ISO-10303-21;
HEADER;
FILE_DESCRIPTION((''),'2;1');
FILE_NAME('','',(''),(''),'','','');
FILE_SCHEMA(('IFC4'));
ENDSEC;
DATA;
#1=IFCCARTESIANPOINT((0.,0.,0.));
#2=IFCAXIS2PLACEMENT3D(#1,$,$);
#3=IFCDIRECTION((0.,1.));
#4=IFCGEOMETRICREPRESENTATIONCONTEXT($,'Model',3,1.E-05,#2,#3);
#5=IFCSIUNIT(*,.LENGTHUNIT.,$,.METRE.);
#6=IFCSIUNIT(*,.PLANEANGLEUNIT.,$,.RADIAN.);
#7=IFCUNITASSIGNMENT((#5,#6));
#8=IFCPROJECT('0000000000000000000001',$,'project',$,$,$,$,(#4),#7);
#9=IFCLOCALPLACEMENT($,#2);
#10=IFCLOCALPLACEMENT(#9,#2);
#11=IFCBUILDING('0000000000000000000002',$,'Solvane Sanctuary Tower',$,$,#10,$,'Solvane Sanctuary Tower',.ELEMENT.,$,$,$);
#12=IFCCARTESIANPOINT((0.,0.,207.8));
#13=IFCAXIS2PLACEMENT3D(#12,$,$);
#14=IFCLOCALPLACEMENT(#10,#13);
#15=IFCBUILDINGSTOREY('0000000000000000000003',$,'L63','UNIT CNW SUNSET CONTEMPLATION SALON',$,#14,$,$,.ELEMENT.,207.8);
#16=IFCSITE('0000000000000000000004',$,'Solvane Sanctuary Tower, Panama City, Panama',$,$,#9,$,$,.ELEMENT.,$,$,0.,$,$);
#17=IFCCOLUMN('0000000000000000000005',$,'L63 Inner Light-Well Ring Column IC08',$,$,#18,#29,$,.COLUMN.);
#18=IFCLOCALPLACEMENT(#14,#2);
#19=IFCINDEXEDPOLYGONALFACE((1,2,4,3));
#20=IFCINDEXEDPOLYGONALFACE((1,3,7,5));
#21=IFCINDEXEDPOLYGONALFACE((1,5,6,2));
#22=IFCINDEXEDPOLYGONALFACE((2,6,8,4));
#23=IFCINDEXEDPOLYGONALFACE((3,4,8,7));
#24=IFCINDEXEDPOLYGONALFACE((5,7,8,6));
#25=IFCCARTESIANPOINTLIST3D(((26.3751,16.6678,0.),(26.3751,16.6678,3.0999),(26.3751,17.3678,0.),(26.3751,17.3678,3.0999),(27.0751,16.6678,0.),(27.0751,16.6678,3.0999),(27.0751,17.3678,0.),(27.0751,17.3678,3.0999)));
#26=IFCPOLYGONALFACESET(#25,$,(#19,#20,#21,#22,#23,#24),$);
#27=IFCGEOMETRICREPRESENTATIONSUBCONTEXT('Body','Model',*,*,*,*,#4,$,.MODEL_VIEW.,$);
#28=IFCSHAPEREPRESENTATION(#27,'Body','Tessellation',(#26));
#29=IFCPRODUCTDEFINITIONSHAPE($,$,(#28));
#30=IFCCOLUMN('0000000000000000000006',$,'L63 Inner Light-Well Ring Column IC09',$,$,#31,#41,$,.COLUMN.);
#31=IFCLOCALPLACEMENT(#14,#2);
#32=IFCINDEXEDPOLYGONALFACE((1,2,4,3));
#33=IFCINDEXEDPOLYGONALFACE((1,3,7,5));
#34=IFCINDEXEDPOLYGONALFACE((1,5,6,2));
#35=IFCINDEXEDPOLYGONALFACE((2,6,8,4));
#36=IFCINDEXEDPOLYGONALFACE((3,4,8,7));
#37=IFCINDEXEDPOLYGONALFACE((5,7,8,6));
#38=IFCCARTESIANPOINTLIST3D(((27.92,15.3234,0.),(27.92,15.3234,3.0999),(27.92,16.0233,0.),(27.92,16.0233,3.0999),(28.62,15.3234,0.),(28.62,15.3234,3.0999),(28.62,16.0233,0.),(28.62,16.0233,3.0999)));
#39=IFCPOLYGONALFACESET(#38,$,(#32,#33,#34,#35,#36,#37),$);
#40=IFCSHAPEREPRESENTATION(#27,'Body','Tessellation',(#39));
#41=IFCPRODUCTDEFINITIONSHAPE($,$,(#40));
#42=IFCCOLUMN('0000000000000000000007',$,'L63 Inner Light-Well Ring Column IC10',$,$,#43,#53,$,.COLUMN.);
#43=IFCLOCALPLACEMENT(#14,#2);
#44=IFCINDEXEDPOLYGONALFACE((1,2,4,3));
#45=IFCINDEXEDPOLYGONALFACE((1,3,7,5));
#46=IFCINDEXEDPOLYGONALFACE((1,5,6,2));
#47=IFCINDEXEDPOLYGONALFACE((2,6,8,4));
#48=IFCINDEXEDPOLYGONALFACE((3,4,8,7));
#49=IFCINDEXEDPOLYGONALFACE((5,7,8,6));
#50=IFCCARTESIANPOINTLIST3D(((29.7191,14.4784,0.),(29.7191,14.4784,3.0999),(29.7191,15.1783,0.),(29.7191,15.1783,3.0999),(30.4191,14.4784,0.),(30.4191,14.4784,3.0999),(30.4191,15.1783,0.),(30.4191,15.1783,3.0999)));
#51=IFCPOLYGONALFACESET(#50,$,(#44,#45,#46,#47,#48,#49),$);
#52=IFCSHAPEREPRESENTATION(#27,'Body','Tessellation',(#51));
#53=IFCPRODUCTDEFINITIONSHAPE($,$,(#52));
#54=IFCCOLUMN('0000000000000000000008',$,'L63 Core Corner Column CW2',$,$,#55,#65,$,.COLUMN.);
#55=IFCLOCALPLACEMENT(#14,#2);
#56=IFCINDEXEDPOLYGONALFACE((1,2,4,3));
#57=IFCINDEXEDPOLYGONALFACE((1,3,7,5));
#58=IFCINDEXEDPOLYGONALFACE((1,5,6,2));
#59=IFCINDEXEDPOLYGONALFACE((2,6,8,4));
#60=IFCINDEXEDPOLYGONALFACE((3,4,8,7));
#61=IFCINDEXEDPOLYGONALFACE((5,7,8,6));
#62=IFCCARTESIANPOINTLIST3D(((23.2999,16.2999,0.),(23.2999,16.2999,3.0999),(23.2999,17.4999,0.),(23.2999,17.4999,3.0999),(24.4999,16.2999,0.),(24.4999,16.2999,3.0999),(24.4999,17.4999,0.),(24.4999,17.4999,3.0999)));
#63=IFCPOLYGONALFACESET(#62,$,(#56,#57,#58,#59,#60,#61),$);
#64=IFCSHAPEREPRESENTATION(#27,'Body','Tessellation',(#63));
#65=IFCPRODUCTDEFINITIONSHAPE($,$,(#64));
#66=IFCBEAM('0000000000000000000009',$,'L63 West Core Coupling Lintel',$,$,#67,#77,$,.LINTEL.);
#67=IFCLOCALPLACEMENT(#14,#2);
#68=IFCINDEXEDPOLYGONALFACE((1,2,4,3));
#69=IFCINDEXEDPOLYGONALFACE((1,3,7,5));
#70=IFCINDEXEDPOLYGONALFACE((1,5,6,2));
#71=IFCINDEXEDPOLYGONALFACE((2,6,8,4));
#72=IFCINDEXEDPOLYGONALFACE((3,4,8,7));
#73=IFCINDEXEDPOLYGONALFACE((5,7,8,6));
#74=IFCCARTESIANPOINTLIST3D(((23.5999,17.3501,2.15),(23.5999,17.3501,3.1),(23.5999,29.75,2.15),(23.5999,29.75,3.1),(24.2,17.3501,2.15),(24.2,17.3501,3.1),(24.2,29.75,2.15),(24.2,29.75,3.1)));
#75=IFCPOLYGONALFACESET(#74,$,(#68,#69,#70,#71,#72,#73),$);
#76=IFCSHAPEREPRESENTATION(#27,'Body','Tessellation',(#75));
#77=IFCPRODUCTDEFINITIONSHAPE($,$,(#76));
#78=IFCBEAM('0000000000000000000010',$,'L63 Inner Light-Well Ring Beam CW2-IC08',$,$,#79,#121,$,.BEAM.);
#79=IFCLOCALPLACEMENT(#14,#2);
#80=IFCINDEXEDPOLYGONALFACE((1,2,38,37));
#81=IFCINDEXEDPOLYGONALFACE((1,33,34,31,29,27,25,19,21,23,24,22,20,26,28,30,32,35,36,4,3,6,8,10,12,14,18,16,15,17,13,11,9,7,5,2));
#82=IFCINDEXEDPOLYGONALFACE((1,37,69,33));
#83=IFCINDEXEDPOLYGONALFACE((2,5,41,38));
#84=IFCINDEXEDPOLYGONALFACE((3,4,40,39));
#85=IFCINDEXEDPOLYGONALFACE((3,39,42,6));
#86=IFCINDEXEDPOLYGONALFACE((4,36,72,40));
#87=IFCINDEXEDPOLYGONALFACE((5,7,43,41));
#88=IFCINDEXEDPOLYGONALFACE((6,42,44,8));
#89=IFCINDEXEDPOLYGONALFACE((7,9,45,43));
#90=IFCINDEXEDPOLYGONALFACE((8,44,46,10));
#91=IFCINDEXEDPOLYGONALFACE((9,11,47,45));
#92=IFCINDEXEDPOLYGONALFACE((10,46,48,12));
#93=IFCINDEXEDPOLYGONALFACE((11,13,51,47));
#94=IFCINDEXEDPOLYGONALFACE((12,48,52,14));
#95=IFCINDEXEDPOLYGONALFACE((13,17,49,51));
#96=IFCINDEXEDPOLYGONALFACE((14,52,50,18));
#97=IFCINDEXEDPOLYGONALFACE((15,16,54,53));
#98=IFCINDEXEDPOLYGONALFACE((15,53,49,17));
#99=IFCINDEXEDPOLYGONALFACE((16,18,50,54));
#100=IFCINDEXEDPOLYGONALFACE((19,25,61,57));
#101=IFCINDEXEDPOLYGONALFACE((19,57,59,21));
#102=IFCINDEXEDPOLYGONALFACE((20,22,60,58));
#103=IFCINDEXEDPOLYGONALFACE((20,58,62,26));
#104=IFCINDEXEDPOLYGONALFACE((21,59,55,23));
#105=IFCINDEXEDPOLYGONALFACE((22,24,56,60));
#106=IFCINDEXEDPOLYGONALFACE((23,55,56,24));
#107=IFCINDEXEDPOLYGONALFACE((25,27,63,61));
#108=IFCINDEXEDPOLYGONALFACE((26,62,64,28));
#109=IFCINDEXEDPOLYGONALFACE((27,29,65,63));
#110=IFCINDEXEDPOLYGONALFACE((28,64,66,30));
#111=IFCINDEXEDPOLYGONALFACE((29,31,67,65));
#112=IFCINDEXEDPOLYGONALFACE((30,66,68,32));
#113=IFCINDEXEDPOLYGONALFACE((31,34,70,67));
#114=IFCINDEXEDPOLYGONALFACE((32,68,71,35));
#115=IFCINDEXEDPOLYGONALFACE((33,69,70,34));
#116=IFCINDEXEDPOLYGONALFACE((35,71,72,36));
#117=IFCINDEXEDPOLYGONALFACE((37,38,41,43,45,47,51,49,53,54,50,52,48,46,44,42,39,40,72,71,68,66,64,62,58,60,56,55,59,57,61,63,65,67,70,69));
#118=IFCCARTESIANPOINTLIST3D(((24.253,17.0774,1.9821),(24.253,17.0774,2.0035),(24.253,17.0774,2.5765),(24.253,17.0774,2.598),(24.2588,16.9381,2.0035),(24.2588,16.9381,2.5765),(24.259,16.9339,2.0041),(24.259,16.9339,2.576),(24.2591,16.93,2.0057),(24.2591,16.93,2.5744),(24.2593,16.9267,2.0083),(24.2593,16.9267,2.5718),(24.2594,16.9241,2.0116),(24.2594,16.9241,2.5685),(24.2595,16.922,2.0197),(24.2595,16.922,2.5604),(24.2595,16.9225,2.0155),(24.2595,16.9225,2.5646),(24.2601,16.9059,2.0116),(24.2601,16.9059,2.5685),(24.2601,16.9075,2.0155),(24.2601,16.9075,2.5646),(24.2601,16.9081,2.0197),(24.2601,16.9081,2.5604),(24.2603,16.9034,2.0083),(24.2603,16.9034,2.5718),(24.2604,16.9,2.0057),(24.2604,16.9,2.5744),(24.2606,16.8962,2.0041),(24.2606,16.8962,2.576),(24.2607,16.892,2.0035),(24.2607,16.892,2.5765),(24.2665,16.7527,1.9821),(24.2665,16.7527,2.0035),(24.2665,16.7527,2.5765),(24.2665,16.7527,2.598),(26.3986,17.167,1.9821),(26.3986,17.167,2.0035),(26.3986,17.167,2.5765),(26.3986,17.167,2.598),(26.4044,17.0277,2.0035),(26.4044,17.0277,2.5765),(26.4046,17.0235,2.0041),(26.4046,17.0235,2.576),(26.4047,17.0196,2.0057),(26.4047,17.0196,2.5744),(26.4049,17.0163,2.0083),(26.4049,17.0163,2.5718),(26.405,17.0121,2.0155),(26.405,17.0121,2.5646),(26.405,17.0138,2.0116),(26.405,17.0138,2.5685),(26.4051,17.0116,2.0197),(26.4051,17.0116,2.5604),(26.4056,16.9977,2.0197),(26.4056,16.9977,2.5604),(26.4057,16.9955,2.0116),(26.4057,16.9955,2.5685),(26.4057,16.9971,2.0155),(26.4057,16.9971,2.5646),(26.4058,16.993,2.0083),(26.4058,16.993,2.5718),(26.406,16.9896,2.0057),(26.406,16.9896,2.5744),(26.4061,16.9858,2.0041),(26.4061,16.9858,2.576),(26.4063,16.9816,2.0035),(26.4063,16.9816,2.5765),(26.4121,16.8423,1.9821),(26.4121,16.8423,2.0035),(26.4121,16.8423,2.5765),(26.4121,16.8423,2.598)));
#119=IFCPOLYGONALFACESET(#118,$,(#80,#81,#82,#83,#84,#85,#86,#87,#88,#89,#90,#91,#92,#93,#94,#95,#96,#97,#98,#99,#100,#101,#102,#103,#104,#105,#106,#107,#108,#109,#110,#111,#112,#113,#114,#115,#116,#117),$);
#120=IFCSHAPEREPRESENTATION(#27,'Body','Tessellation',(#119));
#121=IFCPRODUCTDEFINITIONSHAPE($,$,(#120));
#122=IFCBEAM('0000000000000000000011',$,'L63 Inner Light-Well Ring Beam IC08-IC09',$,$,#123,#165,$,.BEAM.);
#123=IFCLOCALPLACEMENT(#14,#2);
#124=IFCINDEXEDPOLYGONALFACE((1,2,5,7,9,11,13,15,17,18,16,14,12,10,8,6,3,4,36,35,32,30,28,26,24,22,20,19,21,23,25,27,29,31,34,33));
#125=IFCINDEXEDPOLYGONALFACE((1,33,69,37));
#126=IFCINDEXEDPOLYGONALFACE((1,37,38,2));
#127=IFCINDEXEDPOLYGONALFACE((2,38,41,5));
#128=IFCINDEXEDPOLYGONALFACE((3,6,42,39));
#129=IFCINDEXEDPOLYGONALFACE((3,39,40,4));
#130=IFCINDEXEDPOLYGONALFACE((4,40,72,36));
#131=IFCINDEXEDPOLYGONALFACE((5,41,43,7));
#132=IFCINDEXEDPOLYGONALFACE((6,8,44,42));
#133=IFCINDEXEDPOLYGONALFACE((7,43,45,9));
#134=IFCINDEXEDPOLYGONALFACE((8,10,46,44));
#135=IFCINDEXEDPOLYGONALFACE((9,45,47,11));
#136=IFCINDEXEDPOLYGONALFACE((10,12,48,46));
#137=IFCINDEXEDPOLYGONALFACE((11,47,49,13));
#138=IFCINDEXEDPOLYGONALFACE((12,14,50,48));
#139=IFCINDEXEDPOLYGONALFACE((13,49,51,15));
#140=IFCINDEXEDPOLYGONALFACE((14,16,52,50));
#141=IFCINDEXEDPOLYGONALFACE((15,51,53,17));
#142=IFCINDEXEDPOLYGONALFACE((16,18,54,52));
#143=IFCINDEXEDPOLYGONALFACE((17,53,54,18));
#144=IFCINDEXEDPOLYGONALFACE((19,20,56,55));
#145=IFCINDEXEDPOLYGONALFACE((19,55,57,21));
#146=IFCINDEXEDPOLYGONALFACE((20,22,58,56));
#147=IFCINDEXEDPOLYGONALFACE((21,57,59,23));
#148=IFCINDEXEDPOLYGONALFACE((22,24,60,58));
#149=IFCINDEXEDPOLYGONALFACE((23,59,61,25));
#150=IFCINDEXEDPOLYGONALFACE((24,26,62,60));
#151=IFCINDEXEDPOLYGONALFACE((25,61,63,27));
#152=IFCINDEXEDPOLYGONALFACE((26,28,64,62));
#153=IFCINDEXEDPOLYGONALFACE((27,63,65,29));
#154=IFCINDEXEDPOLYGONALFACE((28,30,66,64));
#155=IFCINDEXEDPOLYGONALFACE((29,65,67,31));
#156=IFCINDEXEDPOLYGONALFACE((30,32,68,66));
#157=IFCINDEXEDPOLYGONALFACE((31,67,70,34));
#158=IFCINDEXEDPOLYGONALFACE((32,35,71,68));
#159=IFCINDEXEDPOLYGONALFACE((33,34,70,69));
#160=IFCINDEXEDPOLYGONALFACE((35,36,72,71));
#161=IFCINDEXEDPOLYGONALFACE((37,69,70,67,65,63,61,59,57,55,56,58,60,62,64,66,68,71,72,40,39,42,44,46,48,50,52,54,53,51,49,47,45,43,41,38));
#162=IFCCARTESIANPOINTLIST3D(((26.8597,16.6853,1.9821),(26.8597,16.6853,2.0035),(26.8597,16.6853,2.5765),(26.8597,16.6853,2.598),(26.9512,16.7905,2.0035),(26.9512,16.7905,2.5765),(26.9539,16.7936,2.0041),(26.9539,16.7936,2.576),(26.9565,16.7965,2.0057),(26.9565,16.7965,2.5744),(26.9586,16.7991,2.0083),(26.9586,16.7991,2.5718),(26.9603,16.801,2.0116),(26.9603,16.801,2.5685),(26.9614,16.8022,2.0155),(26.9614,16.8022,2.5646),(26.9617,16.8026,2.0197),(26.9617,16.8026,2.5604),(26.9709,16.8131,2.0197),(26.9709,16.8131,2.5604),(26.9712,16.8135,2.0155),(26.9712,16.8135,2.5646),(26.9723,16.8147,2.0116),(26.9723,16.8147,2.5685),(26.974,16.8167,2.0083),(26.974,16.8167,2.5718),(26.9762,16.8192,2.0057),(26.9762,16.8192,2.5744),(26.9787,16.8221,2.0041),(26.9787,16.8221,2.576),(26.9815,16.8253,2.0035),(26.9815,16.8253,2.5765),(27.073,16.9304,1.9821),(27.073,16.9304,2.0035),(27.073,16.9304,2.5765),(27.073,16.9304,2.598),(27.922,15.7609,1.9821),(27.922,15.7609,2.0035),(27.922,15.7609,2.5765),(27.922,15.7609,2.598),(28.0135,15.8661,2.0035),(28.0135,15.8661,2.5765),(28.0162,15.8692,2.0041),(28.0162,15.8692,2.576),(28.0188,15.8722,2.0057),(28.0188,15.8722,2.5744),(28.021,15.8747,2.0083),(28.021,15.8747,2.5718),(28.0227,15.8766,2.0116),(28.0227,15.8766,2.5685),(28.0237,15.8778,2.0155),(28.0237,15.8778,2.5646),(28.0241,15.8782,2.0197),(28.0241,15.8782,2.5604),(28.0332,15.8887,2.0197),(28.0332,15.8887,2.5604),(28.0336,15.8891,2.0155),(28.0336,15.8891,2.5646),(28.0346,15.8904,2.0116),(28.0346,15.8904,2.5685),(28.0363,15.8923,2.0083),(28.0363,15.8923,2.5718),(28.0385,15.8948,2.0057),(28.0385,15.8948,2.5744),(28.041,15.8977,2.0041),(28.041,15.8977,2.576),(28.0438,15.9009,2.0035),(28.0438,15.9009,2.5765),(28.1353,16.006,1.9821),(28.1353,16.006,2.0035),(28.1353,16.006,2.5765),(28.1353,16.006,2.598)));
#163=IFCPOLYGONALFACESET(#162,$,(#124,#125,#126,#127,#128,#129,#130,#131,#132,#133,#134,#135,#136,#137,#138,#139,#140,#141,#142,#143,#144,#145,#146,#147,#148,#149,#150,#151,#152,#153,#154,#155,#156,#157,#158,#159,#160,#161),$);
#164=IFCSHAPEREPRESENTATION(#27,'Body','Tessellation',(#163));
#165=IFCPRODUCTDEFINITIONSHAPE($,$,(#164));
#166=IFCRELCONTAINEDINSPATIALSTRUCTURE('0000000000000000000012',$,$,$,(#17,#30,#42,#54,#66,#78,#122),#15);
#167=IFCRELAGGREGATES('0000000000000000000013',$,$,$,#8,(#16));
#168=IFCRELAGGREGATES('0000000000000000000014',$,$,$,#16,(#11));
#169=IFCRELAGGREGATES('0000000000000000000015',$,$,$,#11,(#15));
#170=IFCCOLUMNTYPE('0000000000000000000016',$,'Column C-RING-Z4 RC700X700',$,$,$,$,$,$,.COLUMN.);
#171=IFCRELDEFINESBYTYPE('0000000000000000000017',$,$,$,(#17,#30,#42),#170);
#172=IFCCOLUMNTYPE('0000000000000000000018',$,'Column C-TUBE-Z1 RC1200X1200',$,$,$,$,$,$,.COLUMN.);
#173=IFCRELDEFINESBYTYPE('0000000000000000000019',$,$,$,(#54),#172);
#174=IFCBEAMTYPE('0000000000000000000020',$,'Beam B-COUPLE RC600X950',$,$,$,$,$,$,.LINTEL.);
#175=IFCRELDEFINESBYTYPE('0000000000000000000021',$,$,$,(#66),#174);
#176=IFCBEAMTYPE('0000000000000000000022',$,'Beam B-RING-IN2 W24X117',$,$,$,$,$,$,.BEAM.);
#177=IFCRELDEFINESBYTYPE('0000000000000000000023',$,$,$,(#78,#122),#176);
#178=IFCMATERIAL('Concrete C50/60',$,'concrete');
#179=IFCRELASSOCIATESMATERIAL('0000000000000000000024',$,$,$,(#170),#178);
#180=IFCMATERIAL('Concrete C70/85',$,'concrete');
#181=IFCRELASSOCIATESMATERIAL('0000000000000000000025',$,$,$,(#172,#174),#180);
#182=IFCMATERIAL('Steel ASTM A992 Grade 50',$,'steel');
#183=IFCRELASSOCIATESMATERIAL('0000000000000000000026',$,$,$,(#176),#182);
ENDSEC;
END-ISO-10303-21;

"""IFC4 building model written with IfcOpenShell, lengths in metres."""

from ifc_helpers import new_model, si_unit, direction, frame, origin, origin_2d, place, context, subcontext, project, spatial, rectangle, i_section, extrude, material, material_profile, profile_set, type_object, element, save


model = new_model("IFC4")

# Units and contexts
model_context = context("Model", 3, precision=1e-05, world=origin(), true_north=direction((0.0, 1.0)))
body_context = subcontext(model_context, "Body", "Model", "MODEL_VIEW")
ifc_project = project(units=[si_unit("LENGTHUNIT", "METRE"), si_unit("PLANEANGLEUNIT", "RADIAN")], contexts=[model_context])

# Site, building, storey
site_placement = place(None, origin())
site = spatial("IfcSite", under=ifc_project, at=site_placement, Name="Solvane Sanctuary Tower, Panama City, Panama", CompositionType="ELEMENT", RefElevation=0.0)
building_placement = place(site_placement, origin())
building = spatial("IfcBuilding", under=site, at=building_placement, Name="Solvane Sanctuary Tower", LongName="Solvane Sanctuary Tower", CompositionType="ELEMENT")
storey_placement = place(building_placement, frame((0.0, 0.0, 207.8)))
storey = spatial("IfcBuildingStorey", under=building, at=storey_placement, Name="L63", Description="UNIT CNW SUNSET CONTEMPLATION SALON", CompositionType="ELEMENT", Elevation=207.8)

# Columns
ifc_material_1 = material(Name="Concrete C50/60", Category="concrete")
ifc_material_profile_1 = material_profile(ifc_material_1, rectangle(XDim=0.7, YDim=0.7, at=origin_2d()), Name="RC700X700")
ifc_profile_set_1 = profile_set([ifc_material_profile_1], Name="Concrete C50/60")
column_type_1 = type_object("IfcColumnType", Name="Column C-RING-Z4 RC700X700", PredefinedType="COLUMN", material=ifc_profile_set_1)
for number, where, z_axis, x_axis, name in (
    (1, (26.7251, 17.0178, 0.0), (0.0, 0.0, 1.0), (1.0, 0.0, 0.0), "L63 Inner Light-Well Ring Column IC08"),
    (2, (28.27, 15.6733, 0.0), (0.0, 0.0, 1.0), (1.0, 0.0, 0.0), "L63 Inner Light-Well Ring Column IC09"),
    (3, (30.0691, 14.8284, 0.0), (0.0, 0.0, 1.0), (1.0, 0.0, 0.0), "L63 Inner Light-Well Ring Column IC10"),
):
    element("IfcColumn", number, at=place(storey_placement, frame(where, z_axis=z_axis, x_axis=x_axis)), inside=storey, type_object=column_type_1, Name=name, PredefinedType="COLUMN", context=body_context, shape_type="SweptSolid", body=[
        extrude(rectangle(XDim=0.7, YDim=0.7, at=origin_2d()), origin(), (0.0, 0.0, 1.0), 3.0999),
    ])
ifc_material_2 = material(Name="Concrete C70/85", Category="concrete")
ifc_material_profile_2 = material_profile(ifc_material_2, rectangle(XDim=1.2, YDim=1.2, at=origin_2d()), Name="RC1200X1200")
ifc_profile_set_2 = profile_set([ifc_material_profile_2], Name="Concrete C70/85")
column_type_2 = type_object("IfcColumnType", Name="Column C-TUBE-Z1 RC1200X1200", PredefinedType="COLUMN", material=ifc_profile_set_2)
column_placement = place(storey_placement, frame((23.8999, 16.8999, 0.0), z_axis=(0.0, 0.0, 1.0), x_axis=(1.0, 0.0, 0.0)))
element("IfcColumn", 4, at=column_placement, inside=storey, type_object=column_type_2, Name="L63 Core Corner Column CW2", PredefinedType="COLUMN", context=body_context, shape_type="SweptSolid", body=[
    extrude(rectangle(XDim=1.2, YDim=1.2, at=origin_2d()), origin(), (0.0, 0.0, 1.0), 3.0999),
])

# Beams
ifc_material_profile_3 = material_profile(ifc_material_2, rectangle(XDim=0.6001, YDim=0.95, at=origin_2d()), Name="RC600X950")
ifc_profile_set_3 = profile_set([ifc_material_profile_3], Name="Concrete C70/85")
beam_type_1 = type_object("IfcBeamType", Name="Beam B-COUPLE RC600X950", PredefinedType="LINTEL", material=ifc_profile_set_3)
beam_1_placement = place(storey_placement, frame((23.8999, 17.3501, 2.625), z_axis=(0.0, 1.0, 0.0), x_axis=(-1.0, 0.0, 0.0)))
element("IfcBeam", 5, at=beam_1_placement, inside=storey, type_object=beam_type_1, Name="L63 West Core Coupling Lintel", PredefinedType="LINTEL", context=body_context, shape_type="SweptSolid", body=[
    extrude(rectangle(XDim=0.6001, YDim=0.95, at=origin_2d()), origin(), (0.0, 0.0, 1.0), 12.3999),
])
ifc_material_3 = material(Name="Steel ASTM A992 Grade 50", Category="steel")
ifc_material_profile_4 = material_profile(ifc_material_3, i_section(OverallWidth=0.325, OverallDepth=0.616, WebThickness=0.0139, FlangeThickness=0.0215, FilletRadius=0.0161, at=origin_2d()), Name="W24X117")
ifc_profile_set_4 = profile_set([ifc_material_profile_4], Name="Steel ASTM A992 Grade 50")
beam_type_2 = type_object("IfcBeamType", Name="Beam B-RING-IN2 W24X117", PredefinedType="BEAM", material=ifc_profile_set_4)
beam_2_placement = place(storey_placement, frame((24.2598, 16.915, 2.29), z_axis=(0.999129, 0.041725, 0.0), x_axis=(-0.041725, 0.999129, 0.0)))
element("IfcBeam", 6, at=beam_2_placement, inside=storey, type_object=beam_type_2, Name="L63 Inner Light-Well Ring Beam CW2-IC08", PredefinedType="BEAM", context=body_context, shape_type="SweptSolid", body=[
    extrude(i_section(OverallWidth=0.325, OverallDepth=0.616, WebThickness=0.0139, FlangeThickness=0.0215, FilletRadius=0.0161, at=origin_2d()), origin(), (0.0, 0.0, 1.0), 2.1475),
])
beam_3_placement = place(storey_placement, frame((26.9663, 16.8079, 2.29), z_axis=(0.754389, -0.656428, 0.0), x_axis=(0.656428, 0.754389, 0.0)))
element("IfcBeam", 7, at=beam_3_placement, inside=storey, type_object=beam_type_2, Name="L63 Inner Light-Well Ring Beam IC08-IC09", PredefinedType="BEAM", context=body_context, shape_type="SweptSolid", body=[
    extrude(i_section(OverallWidth=0.325, OverallDepth=0.616, WebThickness=0.0139, FlangeThickness=0.0215, FilletRadius=0.0161, at=origin_2d()), origin(), (0.0, 0.0, 1.0), 1.4082),
])

save(model, "model.ifc")
